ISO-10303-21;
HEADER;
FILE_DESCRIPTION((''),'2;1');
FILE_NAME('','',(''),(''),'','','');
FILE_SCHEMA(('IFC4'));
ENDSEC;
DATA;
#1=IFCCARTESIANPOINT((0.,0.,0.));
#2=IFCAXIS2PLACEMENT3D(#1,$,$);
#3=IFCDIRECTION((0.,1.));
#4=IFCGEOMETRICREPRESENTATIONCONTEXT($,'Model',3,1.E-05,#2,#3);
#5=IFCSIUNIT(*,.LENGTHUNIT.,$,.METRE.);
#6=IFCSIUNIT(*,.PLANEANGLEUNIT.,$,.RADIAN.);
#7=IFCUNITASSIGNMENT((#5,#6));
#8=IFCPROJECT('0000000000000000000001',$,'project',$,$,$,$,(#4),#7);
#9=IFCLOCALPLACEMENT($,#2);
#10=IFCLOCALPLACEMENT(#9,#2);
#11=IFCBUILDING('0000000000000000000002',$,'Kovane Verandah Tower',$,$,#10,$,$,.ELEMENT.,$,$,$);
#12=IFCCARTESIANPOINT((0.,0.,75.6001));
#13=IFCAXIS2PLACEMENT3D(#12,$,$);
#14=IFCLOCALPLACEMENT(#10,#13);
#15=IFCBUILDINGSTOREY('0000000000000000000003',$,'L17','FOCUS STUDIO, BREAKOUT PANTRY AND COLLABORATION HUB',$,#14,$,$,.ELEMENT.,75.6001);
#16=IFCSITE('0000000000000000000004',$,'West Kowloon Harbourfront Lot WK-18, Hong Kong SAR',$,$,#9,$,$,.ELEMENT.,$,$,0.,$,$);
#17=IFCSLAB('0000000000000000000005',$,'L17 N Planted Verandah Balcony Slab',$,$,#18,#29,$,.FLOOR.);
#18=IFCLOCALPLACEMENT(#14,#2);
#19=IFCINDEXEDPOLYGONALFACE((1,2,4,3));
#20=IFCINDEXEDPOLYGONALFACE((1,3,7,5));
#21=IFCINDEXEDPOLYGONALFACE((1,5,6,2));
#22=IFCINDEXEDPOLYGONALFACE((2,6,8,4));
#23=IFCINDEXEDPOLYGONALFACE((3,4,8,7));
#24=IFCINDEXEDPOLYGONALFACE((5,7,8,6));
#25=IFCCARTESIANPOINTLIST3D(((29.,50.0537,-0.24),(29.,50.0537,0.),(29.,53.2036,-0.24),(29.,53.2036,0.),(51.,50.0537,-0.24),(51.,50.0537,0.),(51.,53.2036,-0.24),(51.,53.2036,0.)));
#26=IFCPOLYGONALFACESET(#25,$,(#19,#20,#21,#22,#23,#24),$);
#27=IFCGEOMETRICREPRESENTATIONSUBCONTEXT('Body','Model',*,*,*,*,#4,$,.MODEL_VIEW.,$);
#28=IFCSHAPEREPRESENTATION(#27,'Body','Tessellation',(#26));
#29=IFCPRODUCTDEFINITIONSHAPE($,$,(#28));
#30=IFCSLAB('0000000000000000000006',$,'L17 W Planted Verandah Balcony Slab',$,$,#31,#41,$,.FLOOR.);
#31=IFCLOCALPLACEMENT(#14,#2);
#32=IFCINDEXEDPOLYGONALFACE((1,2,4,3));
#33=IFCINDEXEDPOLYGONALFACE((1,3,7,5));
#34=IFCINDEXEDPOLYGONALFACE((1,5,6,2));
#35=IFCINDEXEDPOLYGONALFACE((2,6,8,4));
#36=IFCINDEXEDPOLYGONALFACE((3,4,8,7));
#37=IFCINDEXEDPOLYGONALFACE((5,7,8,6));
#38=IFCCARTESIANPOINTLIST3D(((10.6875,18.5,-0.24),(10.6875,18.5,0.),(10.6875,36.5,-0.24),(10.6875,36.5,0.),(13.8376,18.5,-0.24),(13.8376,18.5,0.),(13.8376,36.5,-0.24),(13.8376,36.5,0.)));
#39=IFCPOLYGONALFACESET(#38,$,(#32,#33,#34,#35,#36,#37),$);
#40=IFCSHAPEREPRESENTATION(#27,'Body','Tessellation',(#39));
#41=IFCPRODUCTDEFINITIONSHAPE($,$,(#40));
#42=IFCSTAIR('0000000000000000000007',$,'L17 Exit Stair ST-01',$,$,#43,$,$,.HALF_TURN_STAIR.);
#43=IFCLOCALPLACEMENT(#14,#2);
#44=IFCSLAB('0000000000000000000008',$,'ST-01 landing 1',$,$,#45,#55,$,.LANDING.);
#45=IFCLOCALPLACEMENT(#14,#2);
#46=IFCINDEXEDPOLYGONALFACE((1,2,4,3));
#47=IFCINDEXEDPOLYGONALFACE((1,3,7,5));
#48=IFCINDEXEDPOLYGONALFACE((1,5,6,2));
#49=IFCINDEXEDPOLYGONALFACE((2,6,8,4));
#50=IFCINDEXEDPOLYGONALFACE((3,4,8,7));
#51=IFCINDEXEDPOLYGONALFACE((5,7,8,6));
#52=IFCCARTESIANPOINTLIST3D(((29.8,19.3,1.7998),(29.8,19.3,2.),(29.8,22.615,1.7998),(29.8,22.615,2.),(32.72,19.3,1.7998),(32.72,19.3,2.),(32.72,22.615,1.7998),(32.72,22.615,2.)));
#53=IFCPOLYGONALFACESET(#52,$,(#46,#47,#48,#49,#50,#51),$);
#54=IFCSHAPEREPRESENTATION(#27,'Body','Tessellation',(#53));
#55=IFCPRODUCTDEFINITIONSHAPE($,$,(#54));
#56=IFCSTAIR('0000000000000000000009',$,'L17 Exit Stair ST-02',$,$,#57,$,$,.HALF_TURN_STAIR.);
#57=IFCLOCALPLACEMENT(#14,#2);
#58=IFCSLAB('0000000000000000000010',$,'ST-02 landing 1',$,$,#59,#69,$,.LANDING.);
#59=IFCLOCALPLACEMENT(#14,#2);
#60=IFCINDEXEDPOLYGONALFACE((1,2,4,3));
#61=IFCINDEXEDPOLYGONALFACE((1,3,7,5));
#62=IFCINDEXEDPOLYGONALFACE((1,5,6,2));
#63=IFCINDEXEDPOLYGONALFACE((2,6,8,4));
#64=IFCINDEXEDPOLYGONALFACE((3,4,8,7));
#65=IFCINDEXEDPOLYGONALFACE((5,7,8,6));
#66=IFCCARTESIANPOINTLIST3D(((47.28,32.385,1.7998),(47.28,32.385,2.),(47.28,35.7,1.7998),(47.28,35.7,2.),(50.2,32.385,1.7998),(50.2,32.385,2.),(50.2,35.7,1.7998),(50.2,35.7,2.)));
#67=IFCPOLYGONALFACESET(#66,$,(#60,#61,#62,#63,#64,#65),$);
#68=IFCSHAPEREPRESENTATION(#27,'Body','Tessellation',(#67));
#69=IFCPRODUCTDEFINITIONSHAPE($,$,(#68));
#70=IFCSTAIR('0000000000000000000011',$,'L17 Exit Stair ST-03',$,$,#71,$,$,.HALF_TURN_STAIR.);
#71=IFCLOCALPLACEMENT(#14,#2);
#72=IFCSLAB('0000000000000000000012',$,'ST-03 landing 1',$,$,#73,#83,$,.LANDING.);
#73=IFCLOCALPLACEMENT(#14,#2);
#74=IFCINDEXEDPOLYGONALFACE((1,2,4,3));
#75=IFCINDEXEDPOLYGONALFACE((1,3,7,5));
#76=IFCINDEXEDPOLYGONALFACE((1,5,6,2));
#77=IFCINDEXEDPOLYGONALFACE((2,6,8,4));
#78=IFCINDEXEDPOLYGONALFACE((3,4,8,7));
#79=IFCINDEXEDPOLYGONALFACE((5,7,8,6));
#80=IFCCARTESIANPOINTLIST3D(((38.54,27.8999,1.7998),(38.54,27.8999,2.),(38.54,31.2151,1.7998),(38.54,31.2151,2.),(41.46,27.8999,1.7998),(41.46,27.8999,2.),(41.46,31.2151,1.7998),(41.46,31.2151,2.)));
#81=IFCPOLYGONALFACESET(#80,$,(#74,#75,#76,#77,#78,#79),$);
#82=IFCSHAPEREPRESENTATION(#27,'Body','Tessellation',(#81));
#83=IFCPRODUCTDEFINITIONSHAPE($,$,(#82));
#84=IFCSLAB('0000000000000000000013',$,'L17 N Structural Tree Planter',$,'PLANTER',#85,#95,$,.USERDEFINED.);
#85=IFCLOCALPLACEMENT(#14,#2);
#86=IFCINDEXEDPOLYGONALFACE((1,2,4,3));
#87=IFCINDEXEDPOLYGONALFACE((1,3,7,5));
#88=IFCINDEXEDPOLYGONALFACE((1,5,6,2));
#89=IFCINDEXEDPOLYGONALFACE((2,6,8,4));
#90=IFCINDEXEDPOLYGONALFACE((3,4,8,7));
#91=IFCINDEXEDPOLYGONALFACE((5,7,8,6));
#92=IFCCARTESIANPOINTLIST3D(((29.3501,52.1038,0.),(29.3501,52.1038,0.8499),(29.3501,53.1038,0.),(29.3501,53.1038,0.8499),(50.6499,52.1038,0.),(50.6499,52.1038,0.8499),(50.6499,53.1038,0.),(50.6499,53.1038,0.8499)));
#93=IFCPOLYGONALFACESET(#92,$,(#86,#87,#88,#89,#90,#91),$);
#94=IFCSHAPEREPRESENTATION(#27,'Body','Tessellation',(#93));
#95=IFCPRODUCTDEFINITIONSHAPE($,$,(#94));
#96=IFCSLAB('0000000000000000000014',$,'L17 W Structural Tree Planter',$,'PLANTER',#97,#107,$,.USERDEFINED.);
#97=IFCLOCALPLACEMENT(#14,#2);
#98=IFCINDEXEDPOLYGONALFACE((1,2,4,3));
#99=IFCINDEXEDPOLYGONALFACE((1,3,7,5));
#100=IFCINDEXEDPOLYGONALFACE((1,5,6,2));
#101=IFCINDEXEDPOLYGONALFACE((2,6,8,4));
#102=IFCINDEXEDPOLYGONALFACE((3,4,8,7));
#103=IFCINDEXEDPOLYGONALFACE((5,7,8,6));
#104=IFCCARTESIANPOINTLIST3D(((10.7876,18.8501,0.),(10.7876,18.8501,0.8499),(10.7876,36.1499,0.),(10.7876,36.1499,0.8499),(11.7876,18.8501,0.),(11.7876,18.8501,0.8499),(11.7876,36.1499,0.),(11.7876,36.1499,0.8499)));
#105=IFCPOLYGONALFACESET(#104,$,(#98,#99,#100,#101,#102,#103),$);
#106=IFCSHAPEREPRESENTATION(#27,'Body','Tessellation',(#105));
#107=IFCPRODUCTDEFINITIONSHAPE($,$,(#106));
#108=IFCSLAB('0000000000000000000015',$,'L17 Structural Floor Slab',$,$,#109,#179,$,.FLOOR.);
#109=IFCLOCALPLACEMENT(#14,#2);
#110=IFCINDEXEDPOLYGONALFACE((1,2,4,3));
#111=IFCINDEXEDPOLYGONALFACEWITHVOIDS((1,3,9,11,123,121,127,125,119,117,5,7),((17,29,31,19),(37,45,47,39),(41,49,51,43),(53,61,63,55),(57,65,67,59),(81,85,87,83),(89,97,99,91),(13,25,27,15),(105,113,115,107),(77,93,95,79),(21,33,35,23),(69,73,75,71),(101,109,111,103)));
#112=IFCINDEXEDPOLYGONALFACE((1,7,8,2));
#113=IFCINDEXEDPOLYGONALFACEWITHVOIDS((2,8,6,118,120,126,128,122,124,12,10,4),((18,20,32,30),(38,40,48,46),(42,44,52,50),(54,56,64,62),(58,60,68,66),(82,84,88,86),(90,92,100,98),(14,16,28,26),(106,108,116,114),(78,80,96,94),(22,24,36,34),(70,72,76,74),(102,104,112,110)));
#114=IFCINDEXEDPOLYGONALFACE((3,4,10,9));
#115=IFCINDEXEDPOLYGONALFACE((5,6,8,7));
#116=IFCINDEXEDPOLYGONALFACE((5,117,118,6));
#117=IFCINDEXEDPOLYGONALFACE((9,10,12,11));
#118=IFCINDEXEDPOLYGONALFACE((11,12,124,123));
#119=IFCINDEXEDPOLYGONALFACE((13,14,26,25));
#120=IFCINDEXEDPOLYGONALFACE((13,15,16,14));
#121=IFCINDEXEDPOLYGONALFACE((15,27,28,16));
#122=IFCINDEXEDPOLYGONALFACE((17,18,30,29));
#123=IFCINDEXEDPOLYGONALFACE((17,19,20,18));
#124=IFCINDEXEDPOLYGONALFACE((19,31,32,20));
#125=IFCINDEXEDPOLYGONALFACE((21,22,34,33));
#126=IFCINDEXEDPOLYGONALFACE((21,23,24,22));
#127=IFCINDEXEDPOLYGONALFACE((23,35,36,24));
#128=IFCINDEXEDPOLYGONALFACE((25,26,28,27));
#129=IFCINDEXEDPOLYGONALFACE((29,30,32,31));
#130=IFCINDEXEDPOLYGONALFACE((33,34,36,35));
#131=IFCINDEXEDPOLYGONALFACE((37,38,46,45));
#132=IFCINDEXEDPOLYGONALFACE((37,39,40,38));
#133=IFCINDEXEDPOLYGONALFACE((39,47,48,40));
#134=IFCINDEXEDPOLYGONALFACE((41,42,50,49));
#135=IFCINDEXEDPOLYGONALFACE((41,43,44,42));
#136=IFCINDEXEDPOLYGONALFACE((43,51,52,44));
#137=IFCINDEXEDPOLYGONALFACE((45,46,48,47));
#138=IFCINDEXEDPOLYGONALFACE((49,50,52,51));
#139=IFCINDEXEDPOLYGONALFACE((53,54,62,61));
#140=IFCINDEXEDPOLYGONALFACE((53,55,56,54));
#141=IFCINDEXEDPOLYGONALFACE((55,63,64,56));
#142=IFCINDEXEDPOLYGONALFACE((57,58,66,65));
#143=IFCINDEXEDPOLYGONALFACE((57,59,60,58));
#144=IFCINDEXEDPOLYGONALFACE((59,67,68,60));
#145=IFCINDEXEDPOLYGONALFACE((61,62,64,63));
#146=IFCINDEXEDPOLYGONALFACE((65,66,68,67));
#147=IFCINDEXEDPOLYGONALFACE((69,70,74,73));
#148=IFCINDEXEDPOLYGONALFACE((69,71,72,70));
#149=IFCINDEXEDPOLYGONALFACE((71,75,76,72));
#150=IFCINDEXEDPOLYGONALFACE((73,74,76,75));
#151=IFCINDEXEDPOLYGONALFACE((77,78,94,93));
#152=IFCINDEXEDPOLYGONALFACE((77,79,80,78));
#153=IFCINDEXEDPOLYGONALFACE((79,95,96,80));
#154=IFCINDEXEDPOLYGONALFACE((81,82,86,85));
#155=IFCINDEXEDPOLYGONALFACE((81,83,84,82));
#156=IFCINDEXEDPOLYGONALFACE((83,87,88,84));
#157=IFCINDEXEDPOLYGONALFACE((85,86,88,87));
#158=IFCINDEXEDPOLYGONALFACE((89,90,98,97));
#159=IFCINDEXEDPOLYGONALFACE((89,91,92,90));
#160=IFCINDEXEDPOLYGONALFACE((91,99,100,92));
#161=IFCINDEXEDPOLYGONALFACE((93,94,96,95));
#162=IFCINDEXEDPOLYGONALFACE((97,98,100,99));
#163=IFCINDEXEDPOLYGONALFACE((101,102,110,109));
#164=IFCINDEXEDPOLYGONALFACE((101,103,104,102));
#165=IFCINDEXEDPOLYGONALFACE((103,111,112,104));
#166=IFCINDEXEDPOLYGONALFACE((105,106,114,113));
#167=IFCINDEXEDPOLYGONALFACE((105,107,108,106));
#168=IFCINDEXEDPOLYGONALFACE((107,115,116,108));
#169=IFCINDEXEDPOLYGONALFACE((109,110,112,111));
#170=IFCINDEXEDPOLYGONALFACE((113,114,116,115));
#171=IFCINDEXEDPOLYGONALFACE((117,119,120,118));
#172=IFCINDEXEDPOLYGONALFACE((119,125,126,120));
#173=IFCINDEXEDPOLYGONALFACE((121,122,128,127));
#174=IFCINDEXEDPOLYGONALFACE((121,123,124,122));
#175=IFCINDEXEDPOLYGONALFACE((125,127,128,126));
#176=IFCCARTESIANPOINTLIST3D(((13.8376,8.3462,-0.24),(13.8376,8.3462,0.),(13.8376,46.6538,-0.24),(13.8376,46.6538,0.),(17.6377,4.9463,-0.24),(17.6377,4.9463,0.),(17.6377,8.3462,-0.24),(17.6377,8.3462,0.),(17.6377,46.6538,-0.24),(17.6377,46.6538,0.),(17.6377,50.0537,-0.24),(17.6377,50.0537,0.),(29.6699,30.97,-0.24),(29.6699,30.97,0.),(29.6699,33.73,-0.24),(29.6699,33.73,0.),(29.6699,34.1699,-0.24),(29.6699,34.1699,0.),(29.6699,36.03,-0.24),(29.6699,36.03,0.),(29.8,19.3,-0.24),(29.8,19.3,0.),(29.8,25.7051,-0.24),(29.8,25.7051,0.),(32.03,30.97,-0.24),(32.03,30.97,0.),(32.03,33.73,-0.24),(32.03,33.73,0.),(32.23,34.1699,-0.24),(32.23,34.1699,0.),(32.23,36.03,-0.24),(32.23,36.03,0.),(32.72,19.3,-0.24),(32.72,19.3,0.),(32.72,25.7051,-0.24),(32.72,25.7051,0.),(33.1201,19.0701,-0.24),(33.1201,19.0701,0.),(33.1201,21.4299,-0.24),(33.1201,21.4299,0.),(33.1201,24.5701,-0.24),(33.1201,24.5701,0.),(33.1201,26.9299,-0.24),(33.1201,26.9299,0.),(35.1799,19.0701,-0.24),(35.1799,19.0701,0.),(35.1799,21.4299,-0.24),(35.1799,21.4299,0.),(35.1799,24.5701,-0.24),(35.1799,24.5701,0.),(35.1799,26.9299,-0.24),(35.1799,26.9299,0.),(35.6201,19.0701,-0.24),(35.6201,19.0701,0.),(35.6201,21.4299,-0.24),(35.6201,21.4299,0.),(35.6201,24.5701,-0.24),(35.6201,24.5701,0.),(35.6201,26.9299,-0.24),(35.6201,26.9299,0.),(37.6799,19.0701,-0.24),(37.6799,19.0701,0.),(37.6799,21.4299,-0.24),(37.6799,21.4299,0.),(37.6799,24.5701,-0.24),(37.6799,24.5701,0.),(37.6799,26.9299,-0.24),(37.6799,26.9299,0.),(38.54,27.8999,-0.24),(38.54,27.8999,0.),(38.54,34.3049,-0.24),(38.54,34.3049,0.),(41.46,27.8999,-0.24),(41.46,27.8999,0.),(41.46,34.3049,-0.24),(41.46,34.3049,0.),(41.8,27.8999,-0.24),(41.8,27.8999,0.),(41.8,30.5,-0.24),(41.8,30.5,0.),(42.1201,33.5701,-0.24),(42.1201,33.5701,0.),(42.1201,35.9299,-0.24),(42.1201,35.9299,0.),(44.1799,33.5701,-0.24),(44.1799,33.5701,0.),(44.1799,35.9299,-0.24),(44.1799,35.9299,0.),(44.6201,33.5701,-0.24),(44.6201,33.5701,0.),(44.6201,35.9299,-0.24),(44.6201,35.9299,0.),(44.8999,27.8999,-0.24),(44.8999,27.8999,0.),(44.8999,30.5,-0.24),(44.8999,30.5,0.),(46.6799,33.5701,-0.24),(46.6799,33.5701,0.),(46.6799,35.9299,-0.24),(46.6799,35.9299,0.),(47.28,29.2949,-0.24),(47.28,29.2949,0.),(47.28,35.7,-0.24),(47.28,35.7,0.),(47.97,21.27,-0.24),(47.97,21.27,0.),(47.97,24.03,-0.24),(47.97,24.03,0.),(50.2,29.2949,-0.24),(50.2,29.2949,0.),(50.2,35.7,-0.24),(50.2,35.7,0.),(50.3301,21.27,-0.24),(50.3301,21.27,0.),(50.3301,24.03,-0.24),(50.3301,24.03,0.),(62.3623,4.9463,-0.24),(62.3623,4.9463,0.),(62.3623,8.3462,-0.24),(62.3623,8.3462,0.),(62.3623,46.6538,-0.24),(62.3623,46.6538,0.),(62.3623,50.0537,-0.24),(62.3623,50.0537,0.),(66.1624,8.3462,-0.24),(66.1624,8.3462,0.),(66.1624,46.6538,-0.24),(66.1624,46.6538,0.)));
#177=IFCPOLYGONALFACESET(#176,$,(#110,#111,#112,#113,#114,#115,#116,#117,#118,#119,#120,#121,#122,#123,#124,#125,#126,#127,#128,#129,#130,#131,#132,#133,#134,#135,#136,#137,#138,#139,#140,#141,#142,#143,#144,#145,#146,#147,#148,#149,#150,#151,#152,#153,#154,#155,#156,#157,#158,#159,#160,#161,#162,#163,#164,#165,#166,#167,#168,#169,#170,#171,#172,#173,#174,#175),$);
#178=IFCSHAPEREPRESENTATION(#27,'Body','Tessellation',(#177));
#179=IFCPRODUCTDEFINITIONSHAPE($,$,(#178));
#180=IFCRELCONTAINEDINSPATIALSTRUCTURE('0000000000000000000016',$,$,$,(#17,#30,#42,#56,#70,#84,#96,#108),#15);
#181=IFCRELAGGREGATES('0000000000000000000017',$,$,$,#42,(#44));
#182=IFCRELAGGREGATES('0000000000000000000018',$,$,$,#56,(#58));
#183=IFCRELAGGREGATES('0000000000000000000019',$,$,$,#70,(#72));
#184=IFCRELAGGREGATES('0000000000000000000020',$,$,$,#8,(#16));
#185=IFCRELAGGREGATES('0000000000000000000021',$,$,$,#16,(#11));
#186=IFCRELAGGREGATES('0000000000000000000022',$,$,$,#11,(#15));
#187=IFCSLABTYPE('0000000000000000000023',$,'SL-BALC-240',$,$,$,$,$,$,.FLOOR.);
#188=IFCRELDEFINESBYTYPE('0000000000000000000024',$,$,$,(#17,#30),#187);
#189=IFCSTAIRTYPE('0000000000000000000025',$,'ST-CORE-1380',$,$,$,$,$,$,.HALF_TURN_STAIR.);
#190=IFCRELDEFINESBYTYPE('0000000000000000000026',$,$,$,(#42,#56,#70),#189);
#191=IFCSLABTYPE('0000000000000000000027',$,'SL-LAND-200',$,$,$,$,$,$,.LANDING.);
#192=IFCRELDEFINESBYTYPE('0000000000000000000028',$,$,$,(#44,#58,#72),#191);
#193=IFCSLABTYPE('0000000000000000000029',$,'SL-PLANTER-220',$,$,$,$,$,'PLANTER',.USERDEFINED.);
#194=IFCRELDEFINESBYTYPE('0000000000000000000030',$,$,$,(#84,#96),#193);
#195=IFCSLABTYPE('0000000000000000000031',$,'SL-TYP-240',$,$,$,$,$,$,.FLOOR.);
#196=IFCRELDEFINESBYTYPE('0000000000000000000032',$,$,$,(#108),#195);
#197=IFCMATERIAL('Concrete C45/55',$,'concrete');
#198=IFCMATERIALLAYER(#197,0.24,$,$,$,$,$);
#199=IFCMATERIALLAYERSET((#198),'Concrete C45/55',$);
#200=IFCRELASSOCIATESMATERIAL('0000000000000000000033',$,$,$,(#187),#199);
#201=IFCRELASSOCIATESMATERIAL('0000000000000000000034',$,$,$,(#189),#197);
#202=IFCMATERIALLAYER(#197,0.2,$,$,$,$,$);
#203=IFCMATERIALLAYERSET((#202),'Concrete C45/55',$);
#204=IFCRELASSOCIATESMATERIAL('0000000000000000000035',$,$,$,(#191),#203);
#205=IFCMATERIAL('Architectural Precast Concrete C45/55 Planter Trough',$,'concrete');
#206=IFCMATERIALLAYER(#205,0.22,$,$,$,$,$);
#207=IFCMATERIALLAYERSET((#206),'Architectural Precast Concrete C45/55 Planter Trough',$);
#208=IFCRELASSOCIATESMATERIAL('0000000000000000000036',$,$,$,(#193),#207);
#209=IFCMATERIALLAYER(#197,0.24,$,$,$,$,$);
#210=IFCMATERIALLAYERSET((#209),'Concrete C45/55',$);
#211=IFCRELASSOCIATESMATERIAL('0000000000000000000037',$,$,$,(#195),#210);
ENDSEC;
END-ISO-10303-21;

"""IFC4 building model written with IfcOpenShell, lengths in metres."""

from ifc_helpers import new_model, si_unit, direction, frame, origin, place, context, subcontext, project, spatial, polyline, outline, extrude, material, layer, layer_set, type_object, element, aggregate, save


model = new_model("IFC4")

# Units and contexts
model_context = context("Model", 3, precision=1e-05, world=origin(), true_north=direction((0.0, 1.0)))
body_context = subcontext(model_context, "Body", "Model", "MODEL_VIEW")
ifc_project = project(units=[si_unit("LENGTHUNIT", "METRE"), si_unit("PLANEANGLEUNIT", "RADIAN")], contexts=[model_context])

# Site, building, storey
site_placement = place(None, origin())
site = spatial("IfcSite", under=ifc_project, at=site_placement, Name="West Kowloon Harbourfront Lot WK-18, Hong Kong SAR", CompositionType="ELEMENT", RefElevation=0.0)
building_placement = place(site_placement, origin())
building = spatial("IfcBuilding", under=site, at=building_placement, Name="Kovane Verandah Tower", CompositionType="ELEMENT")
storey_placement = place(building_placement, frame((0.0, 0.0, 75.6001)))
storey = spatial("IfcBuildingStorey", under=building, at=storey_placement, Name="L17", Description="FOCUS STUDIO, BREAKOUT PANTRY AND COLLABORATION HUB", CompositionType="ELEMENT", Elevation=75.6001)

# Slabs
ifc_material_1 = material(Name="Concrete C45/55", Category="concrete")
ifc_layer_1 = layer(ifc_material_1, 0.24)
ifc_layer_set_1 = layer_set([ifc_layer_1], Name="Concrete C45/55")
slab_type_1 = type_object("IfcSlabType", Name="SL-BALC-240", PredefinedType="FLOOR", material=ifc_layer_set_1)
slab_1_placement = place(storey_placement, frame((0.0, 0.0, -0.24)))
element("IfcSlab", 1, at=slab_1_placement, inside=storey, type_object=slab_type_1, Name="L17 N Planted Verandah Balcony Slab", PredefinedType="FLOOR", context=body_context, shape_type="SweptSolid", body=[
    extrude(outline(polyline([(29.0, 50.0537), (51.0, 50.0537), (51.0, 53.2036), (29.0, 53.2036), (29.0, 50.0537)])), origin(), (0.0, 0.0, 1.0), 0.24),
])
slab_2_placement = place(storey_placement, frame((0.0, 0.0, -0.24)))
element("IfcSlab", 2, at=slab_2_placement, inside=storey, type_object=slab_type_1, Name="L17 W Planted Verandah Balcony Slab", PredefinedType="FLOOR", context=body_context, shape_type="SweptSolid", body=[
    extrude(outline(polyline([(10.6875, 18.5), (13.8376, 18.5), (13.8376, 36.5), (10.6875, 36.5), (10.6875, 18.5)])), origin(), (0.0, 0.0, 1.0), 0.24),
])

# Stairs, slabs
stair_type = type_object("IfcStairType", Name="ST-CORE-1380", PredefinedType="HALF_TURN_STAIR", material=ifc_material_1)
stair_1_placement = place(storey_placement, origin())
stair_1 = element("IfcStair", 3, at=stair_1_placement, inside=storey, type_object=stair_type, Name="L17 Exit Stair ST-01", PredefinedType="HALF_TURN_STAIR")
ifc_layer_2 = layer(ifc_material_1, 0.2)
ifc_layer_set_2 = layer_set([ifc_layer_2], Name="Concrete C45/55")
slab_type_2 = type_object("IfcSlabType", Name="SL-LAND-200", PredefinedType="LANDING", material=ifc_layer_set_2)
slab_3_placement = place(storey_placement, frame((0.0, 0.0, 1.7998)))
slab_3 = element("IfcSlab", 4, at=slab_3_placement, type_object=slab_type_2, Name="ST-01 landing 1", PredefinedType="LANDING", context=body_context, shape_type="SweptSolid", body=[
    extrude(outline(polyline([(29.8, 22.615), (29.8, 19.3), (32.72, 19.3), (32.72, 22.615), (29.8, 22.615)])), origin(), (0.0, 0.0, 1.0), 0.2002),
])
aggregate(stair_1, [slab_3])
stair_2_placement = place(storey_placement, origin())
stair_2 = element("IfcStair", 5, at=stair_2_placement, inside=storey, type_object=stair_type, Name="L17 Exit Stair ST-02", PredefinedType="HALF_TURN_STAIR")
slab_4_placement = place(storey_placement, frame((0.0, 0.0, 1.7998)))
slab_4 = element("IfcSlab", 6, at=slab_4_placement, type_object=slab_type_2, Name="ST-02 landing 1", PredefinedType="LANDING", context=body_context, shape_type="SweptSolid", body=[
    extrude(outline(polyline([(50.2, 32.385), (50.2, 35.7), (47.28, 35.7), (47.28, 32.385), (50.2, 32.385)])), origin(), (0.0, 0.0, 1.0), 0.2002),
])
aggregate(stair_2, [slab_4])
stair_3_placement = place(storey_placement, origin())
stair_3 = element("IfcStair", 7, at=stair_3_placement, inside=storey, type_object=stair_type, Name="L17 Exit Stair ST-03", PredefinedType="HALF_TURN_STAIR")
slab_5_placement = place(storey_placement, frame((0.0, 0.0, 1.7998)))
slab_5 = element("IfcSlab", 8, at=slab_5_placement, type_object=slab_type_2, Name="ST-03 landing 1", PredefinedType="LANDING", context=body_context, shape_type="SweptSolid", body=[
    extrude(outline(polyline([(38.54, 31.2151), (38.54, 27.8999), (41.46, 27.8999), (41.46, 31.2151), (38.54, 31.2151)])), origin(), (0.0, 0.0, 1.0), 0.2002),
])
aggregate(stair_3, [slab_5])

# Slabs
ifc_material_2 = material(Name="Architectural Precast Concrete C45/55 Planter Trough", Category="concrete")
ifc_layer_3 = layer(ifc_material_2, 0.22)
ifc_layer_set_3 = layer_set([ifc_layer_3], Name="Architectural Precast Concrete C45/55 Planter Trough")
slab_type_3 = type_object("IfcSlabType", Name="SL-PLANTER-220", ElementType="PLANTER", PredefinedType="USERDEFINED", material=ifc_layer_set_3)
slab_6_placement = place(storey_placement, origin())
element("IfcSlab", 9, at=slab_6_placement, inside=storey, type_object=slab_type_3, Name="L17 N Structural Tree Planter", ObjectType="PLANTER", PredefinedType="USERDEFINED", context=body_context, shape_type="SweptSolid", body=[
    extrude(outline(polyline([(29.3501, 52.1038), (50.6499, 52.1038), (50.6499, 53.1038), (29.3501, 53.1038), (29.3501, 52.1038)])), origin(), (0.0, 0.0, 1.0), 0.8499),
])
slab_7_placement = place(storey_placement, origin())
element("IfcSlab", 10, at=slab_7_placement, inside=storey, type_object=slab_type_3, Name="L17 W Structural Tree Planter", ObjectType="PLANTER", PredefinedType="USERDEFINED", context=body_context, shape_type="SweptSolid", body=[
    extrude(outline(polyline([(10.7876, 18.8501), (11.7876, 18.8501), (11.7876, 36.1499), (10.7876, 36.1499), (10.7876, 18.8501)])), origin(), (0.0, 0.0, 1.0), 0.8499),
])
ifc_layer_4 = layer(ifc_material_1, 0.24)
ifc_layer_set_4 = layer_set([ifc_layer_4], Name="Concrete C45/55")
slab_type_4 = type_object("IfcSlabType", Name="SL-TYP-240", PredefinedType="FLOOR", material=ifc_layer_set_4)
slab_8_placement = place(storey_placement, frame((0.0, 0.0, -0.24)))
element("IfcSlab", 11, at=slab_8_placement, inside=storey, type_object=slab_type_4, Name="L17 Structural Floor Slab", PredefinedType="FLOOR", context=body_context, shape_type="SweptSolid", body=[
    extrude(outline(polyline([(17.6377, 4.9463), (62.3623, 4.9463), (62.3623, 8.3462), (66.1624, 8.3462), (66.1624, 46.6538), (62.3623, 46.6538), (62.3623, 50.0537), (17.6377, 50.0537), (17.6377, 46.6538), (13.8376, 46.6538), (13.8376, 8.3462), (17.6377, 8.3462), (17.6377, 4.9463)]), holes=[polyline([(29.8, 19.3), (32.72, 19.3), (32.72, 25.7051), (29.8, 25.7051), (29.8, 19.3)]), polyline([(47.28, 29.2949), (50.2, 29.2949), (50.2, 35.7), (47.28, 35.7), (47.28, 29.2949)]), polyline([(38.54, 27.8999), (41.46, 27.8999), (41.46, 34.3049), (38.54, 34.3049), (38.54, 27.8999)]), polyline([(29.6699, 30.97), (32.03, 30.97), (32.03, 33.73), (29.6699, 33.73), (29.6699, 30.97)]), polyline([(47.97, 21.27), (50.3301, 21.27), (50.3301, 24.03), (47.97, 24.03), (47.97, 21.27)]), polyline([(29.6699, 34.1699), (32.23, 34.1699), (32.23, 36.03), (29.6699, 36.03), (29.6699, 34.1699)]), polyline([(33.1201, 19.0701), (35.1799, 19.0701), (35.1799, 21.4299), (33.1201, 21.4299), (33.1201, 19.0701)]), polyline([(35.6201, 19.0701), (37.6799, 19.0701), (37.6799, 21.4299), (35.6201, 21.4299), (35.6201, 19.0701)]), polyline([(33.1201, 24.5701), (35.1799, 24.5701), (35.1799, 26.9299), (33.1201, 26.9299), (33.1201, 24.5701)]), polyline([(35.6201, 24.5701), (37.6799, 24.5701), (37.6799, 26.9299), (35.6201, 26.9299), (35.6201, 24.5701)]), polyline([(42.1201, 33.5701), (44.1799, 33.5701), (44.1799, 35.9299), (42.1201, 35.9299), (42.1201, 33.5701)]), polyline([(44.6201, 33.5701), (46.6799, 33.5701), (46.6799, 35.9299), (44.6201, 35.9299), (44.6201, 33.5701)]), polyline([(41.8, 27.8999), (44.8999, 27.8999), (44.8999, 30.5), (41.8, 30.5), (41.8, 27.8999)])]), origin(), (0.0, 0.0, 1.0), 0.24),
])

save(model, "model.ifc")
